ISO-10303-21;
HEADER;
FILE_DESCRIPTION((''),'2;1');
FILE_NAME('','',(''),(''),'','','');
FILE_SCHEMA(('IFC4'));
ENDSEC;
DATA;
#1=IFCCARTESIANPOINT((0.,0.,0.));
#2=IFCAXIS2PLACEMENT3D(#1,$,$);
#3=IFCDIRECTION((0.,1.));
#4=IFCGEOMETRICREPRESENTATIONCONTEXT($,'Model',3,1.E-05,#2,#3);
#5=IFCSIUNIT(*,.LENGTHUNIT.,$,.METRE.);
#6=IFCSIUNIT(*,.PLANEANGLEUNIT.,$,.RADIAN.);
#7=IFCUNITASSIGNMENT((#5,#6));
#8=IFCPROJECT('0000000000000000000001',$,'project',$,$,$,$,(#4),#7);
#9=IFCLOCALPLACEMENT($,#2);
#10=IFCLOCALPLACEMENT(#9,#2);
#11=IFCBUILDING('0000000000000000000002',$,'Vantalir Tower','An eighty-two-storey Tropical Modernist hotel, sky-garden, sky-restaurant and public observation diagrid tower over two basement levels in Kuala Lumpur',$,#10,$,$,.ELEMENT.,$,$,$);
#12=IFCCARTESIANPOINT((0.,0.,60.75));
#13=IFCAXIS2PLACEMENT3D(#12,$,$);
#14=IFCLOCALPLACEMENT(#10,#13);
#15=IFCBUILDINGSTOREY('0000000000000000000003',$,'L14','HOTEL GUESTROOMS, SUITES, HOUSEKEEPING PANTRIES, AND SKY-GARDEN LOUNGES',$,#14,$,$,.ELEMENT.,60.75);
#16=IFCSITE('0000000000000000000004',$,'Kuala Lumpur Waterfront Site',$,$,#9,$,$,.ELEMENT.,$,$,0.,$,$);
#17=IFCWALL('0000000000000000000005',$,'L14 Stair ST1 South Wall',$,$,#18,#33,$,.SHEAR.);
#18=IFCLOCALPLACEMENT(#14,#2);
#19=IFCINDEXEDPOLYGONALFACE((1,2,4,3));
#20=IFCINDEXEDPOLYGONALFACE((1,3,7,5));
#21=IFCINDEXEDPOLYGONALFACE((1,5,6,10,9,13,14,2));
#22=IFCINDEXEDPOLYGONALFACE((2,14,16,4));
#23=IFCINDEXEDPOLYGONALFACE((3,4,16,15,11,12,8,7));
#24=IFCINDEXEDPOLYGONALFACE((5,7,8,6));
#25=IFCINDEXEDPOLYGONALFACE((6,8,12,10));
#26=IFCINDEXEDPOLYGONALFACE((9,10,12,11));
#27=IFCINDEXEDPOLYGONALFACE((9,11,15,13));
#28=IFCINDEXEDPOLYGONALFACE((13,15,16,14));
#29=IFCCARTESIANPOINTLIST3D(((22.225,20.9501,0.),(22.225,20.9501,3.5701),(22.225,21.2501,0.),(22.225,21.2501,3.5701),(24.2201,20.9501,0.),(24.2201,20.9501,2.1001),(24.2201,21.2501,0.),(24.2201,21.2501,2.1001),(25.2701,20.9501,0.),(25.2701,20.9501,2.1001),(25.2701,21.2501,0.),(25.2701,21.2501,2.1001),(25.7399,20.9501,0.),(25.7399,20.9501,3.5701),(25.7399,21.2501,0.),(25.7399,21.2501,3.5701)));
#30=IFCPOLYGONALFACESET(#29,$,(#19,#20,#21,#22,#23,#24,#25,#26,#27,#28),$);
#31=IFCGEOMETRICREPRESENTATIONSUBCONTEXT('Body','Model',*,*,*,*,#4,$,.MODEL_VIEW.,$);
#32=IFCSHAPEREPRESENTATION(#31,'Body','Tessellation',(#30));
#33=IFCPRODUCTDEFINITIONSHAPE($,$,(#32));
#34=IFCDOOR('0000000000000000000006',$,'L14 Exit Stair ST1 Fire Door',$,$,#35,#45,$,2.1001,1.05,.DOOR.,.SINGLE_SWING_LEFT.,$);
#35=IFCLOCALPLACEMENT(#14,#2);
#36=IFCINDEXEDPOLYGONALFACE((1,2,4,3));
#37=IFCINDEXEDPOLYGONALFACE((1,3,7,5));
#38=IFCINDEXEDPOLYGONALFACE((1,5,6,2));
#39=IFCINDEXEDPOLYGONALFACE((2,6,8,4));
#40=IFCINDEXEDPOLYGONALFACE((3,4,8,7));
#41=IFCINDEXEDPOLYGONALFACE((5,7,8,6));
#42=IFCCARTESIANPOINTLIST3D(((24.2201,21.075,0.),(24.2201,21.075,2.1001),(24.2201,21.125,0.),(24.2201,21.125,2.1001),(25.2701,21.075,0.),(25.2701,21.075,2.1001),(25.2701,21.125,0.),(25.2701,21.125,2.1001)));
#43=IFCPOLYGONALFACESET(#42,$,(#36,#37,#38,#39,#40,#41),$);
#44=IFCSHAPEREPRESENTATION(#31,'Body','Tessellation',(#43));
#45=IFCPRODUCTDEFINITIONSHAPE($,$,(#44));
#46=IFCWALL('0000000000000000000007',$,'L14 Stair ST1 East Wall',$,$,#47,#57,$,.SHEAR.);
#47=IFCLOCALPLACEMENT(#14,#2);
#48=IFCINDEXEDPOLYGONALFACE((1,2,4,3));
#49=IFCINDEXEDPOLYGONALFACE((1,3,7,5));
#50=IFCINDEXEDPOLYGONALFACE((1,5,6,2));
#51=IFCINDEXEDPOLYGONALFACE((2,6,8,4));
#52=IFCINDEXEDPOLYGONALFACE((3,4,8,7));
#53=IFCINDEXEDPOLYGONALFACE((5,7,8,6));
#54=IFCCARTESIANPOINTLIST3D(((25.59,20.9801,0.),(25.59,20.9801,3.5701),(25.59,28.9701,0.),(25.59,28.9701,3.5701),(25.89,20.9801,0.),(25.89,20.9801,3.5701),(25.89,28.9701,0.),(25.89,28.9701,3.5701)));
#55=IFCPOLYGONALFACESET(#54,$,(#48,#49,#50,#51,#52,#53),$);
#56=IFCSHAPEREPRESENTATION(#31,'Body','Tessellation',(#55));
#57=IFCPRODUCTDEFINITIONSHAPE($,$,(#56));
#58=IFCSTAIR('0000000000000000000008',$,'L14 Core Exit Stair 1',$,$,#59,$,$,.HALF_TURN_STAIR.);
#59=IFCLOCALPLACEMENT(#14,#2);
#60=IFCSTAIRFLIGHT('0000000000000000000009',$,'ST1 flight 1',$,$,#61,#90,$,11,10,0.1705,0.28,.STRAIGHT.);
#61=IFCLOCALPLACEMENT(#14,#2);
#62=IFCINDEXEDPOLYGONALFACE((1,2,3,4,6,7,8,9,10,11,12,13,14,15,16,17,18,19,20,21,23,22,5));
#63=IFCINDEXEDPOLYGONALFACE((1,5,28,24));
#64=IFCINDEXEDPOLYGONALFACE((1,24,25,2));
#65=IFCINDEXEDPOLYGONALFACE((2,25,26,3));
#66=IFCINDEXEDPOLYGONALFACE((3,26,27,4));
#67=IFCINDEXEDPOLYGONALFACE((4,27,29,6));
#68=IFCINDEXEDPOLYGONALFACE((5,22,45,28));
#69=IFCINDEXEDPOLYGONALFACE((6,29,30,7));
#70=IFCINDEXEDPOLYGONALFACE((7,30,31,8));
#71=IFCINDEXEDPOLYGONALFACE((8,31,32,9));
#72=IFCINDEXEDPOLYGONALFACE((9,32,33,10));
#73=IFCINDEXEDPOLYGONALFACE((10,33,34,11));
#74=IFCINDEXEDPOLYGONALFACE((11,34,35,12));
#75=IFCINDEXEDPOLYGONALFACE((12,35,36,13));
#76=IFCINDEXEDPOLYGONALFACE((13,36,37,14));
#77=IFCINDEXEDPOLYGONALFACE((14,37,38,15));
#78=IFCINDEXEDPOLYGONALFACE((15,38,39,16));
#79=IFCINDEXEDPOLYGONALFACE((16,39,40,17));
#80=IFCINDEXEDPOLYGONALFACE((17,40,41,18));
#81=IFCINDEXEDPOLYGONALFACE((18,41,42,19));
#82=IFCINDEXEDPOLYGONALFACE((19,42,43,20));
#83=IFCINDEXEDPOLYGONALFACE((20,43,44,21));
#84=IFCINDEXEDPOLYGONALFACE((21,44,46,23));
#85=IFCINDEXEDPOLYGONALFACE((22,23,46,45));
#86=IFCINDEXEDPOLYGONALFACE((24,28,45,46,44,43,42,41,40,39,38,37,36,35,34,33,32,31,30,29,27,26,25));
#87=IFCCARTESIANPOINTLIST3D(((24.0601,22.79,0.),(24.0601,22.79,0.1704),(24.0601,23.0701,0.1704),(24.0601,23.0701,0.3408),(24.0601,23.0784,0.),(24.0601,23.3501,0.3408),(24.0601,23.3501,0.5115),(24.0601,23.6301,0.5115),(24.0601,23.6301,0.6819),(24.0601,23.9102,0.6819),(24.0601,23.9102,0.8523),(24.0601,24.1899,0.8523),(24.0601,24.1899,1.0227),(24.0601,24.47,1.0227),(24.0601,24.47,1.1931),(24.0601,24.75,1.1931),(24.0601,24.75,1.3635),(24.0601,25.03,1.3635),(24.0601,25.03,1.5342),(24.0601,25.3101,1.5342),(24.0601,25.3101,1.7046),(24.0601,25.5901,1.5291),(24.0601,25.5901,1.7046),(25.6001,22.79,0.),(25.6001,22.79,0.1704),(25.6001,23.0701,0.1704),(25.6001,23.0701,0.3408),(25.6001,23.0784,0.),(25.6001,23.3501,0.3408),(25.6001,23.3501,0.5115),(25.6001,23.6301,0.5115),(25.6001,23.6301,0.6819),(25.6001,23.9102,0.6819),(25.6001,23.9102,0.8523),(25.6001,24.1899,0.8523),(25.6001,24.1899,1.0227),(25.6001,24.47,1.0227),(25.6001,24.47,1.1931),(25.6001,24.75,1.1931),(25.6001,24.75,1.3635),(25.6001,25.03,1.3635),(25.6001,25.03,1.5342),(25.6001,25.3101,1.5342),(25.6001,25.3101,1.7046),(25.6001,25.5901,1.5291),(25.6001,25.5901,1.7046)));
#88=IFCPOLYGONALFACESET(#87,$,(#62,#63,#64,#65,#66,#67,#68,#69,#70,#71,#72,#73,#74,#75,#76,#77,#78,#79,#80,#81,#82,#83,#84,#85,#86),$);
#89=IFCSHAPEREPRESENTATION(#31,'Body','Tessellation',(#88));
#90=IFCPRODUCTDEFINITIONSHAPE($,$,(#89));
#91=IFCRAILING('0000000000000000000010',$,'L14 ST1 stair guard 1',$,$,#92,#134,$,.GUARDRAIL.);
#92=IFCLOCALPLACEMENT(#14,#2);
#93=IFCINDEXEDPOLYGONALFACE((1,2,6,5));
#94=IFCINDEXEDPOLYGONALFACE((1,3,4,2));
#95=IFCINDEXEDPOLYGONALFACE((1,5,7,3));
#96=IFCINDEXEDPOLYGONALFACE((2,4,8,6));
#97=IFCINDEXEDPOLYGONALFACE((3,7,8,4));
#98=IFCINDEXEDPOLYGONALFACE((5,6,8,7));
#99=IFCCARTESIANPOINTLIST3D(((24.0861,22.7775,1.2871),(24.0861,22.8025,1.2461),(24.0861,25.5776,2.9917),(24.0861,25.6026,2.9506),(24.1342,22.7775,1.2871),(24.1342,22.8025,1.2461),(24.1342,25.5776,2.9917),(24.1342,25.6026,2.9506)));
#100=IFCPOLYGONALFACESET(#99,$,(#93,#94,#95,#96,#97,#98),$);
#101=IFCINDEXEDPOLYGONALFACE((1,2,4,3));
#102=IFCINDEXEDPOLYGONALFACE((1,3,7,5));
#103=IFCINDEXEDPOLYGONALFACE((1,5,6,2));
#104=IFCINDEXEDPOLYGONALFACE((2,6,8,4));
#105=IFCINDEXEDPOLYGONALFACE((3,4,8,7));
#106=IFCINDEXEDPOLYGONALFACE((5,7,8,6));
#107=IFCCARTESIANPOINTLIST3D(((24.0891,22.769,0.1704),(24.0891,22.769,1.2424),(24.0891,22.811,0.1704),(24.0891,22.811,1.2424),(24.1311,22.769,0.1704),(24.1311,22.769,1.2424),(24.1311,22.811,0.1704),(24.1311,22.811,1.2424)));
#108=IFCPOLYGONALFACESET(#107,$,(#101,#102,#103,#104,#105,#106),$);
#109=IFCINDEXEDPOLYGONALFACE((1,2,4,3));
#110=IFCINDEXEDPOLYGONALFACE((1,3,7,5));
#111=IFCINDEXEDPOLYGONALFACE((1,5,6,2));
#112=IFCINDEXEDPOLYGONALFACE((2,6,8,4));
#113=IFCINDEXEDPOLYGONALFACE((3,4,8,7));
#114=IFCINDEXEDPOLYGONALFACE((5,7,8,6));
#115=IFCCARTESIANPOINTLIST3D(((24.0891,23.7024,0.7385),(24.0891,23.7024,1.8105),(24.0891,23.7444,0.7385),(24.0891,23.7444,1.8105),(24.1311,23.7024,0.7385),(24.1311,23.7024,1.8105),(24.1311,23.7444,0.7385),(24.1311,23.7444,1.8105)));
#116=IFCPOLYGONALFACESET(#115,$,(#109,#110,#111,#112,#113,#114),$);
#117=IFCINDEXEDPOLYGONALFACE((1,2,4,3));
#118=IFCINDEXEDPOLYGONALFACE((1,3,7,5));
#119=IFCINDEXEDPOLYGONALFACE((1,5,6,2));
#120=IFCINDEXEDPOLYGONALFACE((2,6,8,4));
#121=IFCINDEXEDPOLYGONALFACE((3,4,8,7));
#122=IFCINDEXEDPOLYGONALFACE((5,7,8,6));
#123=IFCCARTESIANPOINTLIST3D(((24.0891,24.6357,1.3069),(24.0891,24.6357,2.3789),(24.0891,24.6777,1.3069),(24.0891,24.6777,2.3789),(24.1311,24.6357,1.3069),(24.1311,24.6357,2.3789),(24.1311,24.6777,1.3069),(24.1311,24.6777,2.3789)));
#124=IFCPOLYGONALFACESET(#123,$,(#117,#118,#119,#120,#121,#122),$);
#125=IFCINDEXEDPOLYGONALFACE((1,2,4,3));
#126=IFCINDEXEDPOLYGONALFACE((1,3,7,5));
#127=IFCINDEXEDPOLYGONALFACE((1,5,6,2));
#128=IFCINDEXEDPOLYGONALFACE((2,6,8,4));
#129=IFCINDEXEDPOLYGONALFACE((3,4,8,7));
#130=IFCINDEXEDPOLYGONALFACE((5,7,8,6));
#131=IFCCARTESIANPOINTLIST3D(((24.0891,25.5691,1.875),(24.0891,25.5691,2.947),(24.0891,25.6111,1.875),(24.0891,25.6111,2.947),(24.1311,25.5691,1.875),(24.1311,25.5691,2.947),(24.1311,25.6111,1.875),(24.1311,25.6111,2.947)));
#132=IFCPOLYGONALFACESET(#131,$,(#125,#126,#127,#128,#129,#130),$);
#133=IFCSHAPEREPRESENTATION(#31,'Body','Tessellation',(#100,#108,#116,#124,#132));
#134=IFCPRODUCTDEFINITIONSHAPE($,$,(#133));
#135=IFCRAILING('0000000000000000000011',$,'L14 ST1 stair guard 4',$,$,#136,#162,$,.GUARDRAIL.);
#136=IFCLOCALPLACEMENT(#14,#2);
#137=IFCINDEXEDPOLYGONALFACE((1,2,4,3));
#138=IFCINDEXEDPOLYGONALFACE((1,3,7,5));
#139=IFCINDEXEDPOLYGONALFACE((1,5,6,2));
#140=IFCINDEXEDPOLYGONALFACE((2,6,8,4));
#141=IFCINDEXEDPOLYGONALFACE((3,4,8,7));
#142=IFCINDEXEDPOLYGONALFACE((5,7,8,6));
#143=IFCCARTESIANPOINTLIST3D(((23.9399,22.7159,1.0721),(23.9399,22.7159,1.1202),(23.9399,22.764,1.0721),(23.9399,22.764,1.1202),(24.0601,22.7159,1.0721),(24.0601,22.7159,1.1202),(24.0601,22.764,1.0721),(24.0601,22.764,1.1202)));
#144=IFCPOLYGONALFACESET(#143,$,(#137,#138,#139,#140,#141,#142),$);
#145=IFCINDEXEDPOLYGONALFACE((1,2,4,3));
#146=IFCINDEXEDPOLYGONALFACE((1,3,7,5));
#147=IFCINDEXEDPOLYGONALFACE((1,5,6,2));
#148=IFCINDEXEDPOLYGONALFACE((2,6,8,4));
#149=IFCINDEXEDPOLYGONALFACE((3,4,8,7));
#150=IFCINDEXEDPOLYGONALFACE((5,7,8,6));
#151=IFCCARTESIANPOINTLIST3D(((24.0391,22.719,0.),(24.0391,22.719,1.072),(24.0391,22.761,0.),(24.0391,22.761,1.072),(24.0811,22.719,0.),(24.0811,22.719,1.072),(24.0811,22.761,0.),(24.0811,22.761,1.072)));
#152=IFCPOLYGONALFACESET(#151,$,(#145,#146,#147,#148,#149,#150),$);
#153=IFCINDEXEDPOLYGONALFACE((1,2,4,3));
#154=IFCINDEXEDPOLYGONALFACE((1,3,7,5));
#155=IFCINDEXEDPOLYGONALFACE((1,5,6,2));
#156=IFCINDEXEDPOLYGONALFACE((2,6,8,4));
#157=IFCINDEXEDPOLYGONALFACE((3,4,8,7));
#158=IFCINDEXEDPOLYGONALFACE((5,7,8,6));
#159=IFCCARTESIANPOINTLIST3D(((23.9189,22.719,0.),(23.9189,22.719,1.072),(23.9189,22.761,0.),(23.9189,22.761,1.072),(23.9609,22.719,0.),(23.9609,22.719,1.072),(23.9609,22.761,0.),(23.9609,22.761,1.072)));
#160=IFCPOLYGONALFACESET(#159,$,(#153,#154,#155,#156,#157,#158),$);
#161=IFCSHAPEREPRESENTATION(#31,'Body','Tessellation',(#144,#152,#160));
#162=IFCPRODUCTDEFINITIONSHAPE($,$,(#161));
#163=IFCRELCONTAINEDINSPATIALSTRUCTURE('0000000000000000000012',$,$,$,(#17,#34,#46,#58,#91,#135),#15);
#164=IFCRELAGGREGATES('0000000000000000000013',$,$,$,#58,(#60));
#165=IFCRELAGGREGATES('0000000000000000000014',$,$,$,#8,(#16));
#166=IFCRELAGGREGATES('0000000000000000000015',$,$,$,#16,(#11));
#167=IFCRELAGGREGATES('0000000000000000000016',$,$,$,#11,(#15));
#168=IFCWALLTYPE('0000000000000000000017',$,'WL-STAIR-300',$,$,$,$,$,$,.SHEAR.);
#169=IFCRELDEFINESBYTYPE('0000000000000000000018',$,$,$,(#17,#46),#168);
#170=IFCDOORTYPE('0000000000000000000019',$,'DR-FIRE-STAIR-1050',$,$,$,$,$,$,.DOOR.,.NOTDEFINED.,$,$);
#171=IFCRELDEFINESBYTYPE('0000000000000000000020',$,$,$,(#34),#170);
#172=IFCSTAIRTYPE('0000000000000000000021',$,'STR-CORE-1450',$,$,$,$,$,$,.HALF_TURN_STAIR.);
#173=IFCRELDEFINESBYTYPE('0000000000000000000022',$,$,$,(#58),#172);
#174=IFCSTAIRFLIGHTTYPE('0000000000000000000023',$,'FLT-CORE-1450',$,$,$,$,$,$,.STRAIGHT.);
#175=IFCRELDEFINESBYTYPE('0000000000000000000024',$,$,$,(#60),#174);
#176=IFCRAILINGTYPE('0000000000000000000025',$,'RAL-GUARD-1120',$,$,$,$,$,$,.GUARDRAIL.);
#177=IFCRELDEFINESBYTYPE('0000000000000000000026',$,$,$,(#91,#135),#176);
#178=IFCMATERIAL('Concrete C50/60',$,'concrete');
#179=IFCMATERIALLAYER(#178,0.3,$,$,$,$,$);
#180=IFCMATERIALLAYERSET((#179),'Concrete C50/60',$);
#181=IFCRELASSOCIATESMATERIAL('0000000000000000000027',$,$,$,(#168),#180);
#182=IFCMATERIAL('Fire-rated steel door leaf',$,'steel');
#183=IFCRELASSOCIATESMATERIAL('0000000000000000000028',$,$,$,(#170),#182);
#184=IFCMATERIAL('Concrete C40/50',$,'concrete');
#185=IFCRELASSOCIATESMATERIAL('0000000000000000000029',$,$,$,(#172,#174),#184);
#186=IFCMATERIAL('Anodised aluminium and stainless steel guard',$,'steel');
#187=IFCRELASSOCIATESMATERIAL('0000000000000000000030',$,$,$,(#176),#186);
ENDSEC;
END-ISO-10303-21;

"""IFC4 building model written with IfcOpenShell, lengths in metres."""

from ifc_helpers import new_model, si_unit, direction, frame, frame_2d, origin, origin_2d, place, context, subcontext, project, spatial, polyline, rectangle, outline, extrude, material, layer, layer_set, type_object, element, fill, aggregate, save


model = new_model("IFC4")

# Units and contexts
model_context = context("Model", 3, precision=1e-05, world=origin(), true_north=direction((0.0, 1.0)))
body_context = subcontext(model_context, "Body", "Model", "MODEL_VIEW")
ifc_project = project(units=[si_unit("LENGTHUNIT", "METRE"), si_unit("PLANEANGLEUNIT", "RADIAN")], contexts=[model_context])

# Site, building, storey
site_placement = place(None, origin())
site = spatial("IfcSite", under=ifc_project, at=site_placement, Name="Kuala Lumpur Waterfront Site", CompositionType="ELEMENT", RefElevation=0.0)
building_placement = place(site_placement, origin())
building = spatial("IfcBuilding", under=site, at=building_placement, Name="Vantalir Tower", Description="An eighty-two-storey Tropical Modernist hotel, sky-garden, sky-restaurant and public observation diagrid tower over two basement levels in Kuala Lumpur", CompositionType="ELEMENT")
storey_placement = place(building_placement, frame((0.0, 0.0, 60.75)))
storey = spatial("IfcBuildingStorey", under=building, at=storey_placement, Name="L14", Description="HOTEL GUESTROOMS, SUITES, HOUSEKEEPING PANTRIES, AND SKY-GARDEN LOUNGES", CompositionType="ELEMENT", Elevation=60.75)

# Wall, opening, door
ifc_material_1 = material(Name="Concrete C50/60", Category="concrete")
ifc_layer_1 = layer(ifc_material_1, 0.3)
ifc_layer_set_1 = layer_set([ifc_layer_1], Name="Concrete C50/60")
wall_type_1 = type_object("IfcWallType", Name="WL-STAIR-300", PredefinedType="SHEAR", material=ifc_layer_set_1)
wall_1_placement = place(storey_placement, frame((22.2251, 21.1001, 0.0), z_axis=(0.0, 0.0, 1.0), x_axis=(1.0, 0.0, 0.0)))
wall_1 = element("IfcWall", 1, at=wall_1_placement, inside=storey, type_object=wall_type_1, Name="L14 Stair ST1 South Wall", PredefinedType="SHEAR", context=body_context, shape_type="SweptSolid", body=[
    extrude(rectangle(XDim=3.5149, YDim=0.3, at=frame_2d((1.7573, 0.0))), origin(), (0.0, 0.0, 1.0), 3.5701),
])
opening_1_placement = place(wall_1_placement, frame((1.9951, 0.0, 0.0)))
opening_1 = element("IfcOpeningElement", 2, at=opening_1_placement, cuts=wall_1, PredefinedType="OPENING", context=body_context, shape_type="SweptSolid", body=[
    extrude(rectangle(XDim=1.05, YDim=2.1001, at=frame_2d((0.5249, 1.05))), frame((0.0, 0.1599, 0.0), z_axis=(0.0, -1.0, 0.0), x_axis=(1.0, 0.0, 0.0)), (0.0, 0.0, 1.0), 0.3201),
])
ifc_material_2 = material(Name="Fire-rated steel door leaf", Category="steel")
door_type_1 = type_object("IfcDoorType", Name="DR-FIRE-STAIR-1050", OperationType="NOTDEFINED", PredefinedType="DOOR", material=ifc_material_2)
door_1_placement = place(opening_1_placement, origin())
door_1 = element("IfcDoor", 3, at=door_1_placement, inside=storey, type_object=door_type_1, Name="L14 Exit Stair ST1 Fire Door", OperationType="SINGLE_SWING_LEFT", OverallHeight=2.1001, OverallWidth=1.05, PredefinedType="DOOR", context=body_context, shape_type="SweptSolid", body=[
    extrude(rectangle(XDim=1.05, YDim=2.1001, at=frame_2d((0.5249, 1.05))), frame((0.0, 0.0249, 0.0), z_axis=(0.0, -1.0, 0.0), x_axis=(1.0, 0.0, 0.0)), (0.0, 0.0, 1.0), 0.05),
])
fill(opening_1, door_1)

# Wall
wall_2_placement = place(storey_placement, frame((25.74, 20.98, 0.0), z_axis=(0.0, 0.0, 1.0), x_axis=(0.0, 1.0, 0.0)))
element("IfcWall", 4, at=wall_2_placement, inside=storey, type_object=wall_type_1, Name="L14 Stair ST1 East Wall", PredefinedType="SHEAR", context=body_context, shape_type="SweptSolid", body=[
    extrude(rectangle(XDim=7.99, YDim=0.3, at=frame_2d((3.9951, 0.0))), origin(), (0.0, 0.0, 1.0), 3.5701),
])

# Stair, stair flight
ifc_material_3 = material(Name="Concrete C40/50", Category="concrete")
stair_type = type_object("IfcStairType", Name="STR-CORE-1450", PredefinedType="HALF_TURN_STAIR", material=ifc_material_3)
stair_placement = place(storey_placement, origin())
stair = element("IfcStair", 5, at=stair_placement, inside=storey, type_object=stair_type, Name="L14 Core Exit Stair 1", PredefinedType="HALF_TURN_STAIR")
stair_flight_type = type_object("IfcStairFlightType", Name="FLT-CORE-1450", PredefinedType="STRAIGHT", material=ifc_material_3)
stair_flight_placement = place(storey_placement, frame((24.8301, 22.79, 0.0), z_axis=(0.0, 0.0, 1.0), x_axis=(0.0, 1.0, 0.0)))
stair_flight = element("IfcStairFlight", 6, at=stair_flight_placement, type_object=stair_flight_type, Name="ST1 flight 1", NumberOfRisers=11, NumberOfTreads=10, PredefinedType="STRAIGHT", RiserHeight=0.1705, TreadLength=0.28, context=body_context, shape_type="SweptSolid", body=[
    extrude(outline(polyline([(0.0, 0.0), (0.0, 0.1704), (0.28, 0.1704), (0.28, 0.3408), (0.5601, 0.3408), (0.5601, 0.5115), (0.8401, 0.5115), (0.8401, 0.6819), (1.1201, 0.6819), (1.1201, 0.8523), (1.3999, 0.8523), (1.3999, 1.0227), (1.6799, 1.0227), (1.6799, 1.1931), (1.96, 1.1931), (1.96, 1.3635), (2.24, 1.3635), (2.24, 1.5342), (2.52, 1.5342), (2.52, 1.7046), (2.8, 1.7046), (2.8, 1.875), (2.8, 1.5291), (0.2883, 0.0), (0.0, 0.0)])), frame((0.0, 0.77, 0.0), z_axis=(0.0, -1.0, 0.0), x_axis=(1.0, 0.0, 0.0)), (0.0, 0.0, 1.0), 1.54),
])
aggregate(stair, [stair_flight])

# Railings
ifc_material_4 = material(Name="Anodised aluminium and stainless steel guard", Category="steel")
railing_type = type_object("IfcRailingType", Name="RAL-GUARD-1120", PredefinedType="GUARDRAIL", material=ifc_material_4)
railing_1_placement = place(storey_placement, frame((24.1101, 22.79, 0.1704)))
element("IfcRailing", 7, at=railing_1_placement, inside=storey, type_object=railing_type, Name="L14 ST1 stair guard 1", PredefinedType="GUARDRAIL", context=body_context, shape_type="SweptSolid", body=[
    extrude(rectangle(XDim=0.0481, YDim=0.0481, at=origin_2d()), frame((0.0, 0.0, 1.0962), z_axis=(0.0, 0.85417, 0.519994), x_axis=(-1.0, 0.0, 0.0)), (0.0, 0.0, 1.0), 3.2781),
    extrude(rectangle(XDim=0.042, YDim=0.042, at=origin_2d()), origin(), (0.0, 0.0, 1.0), 1.072),
    extrude(rectangle(XDim=0.042, YDim=0.042, at=origin_2d()), frame((0.0, 0.9333, 0.5681)), (0.0, 0.0, 1.0), 1.072),
    extrude(rectangle(XDim=0.042, YDim=0.042, at=origin_2d()), frame((0.0, 1.8667, 1.1365)), (0.0, 0.0, 1.0), 1.072),
    extrude(rectangle(XDim=0.042, YDim=0.042, at=origin_2d()), frame((0.0, 2.8, 1.7046)), (0.0, 0.0, 1.0), 1.072),
])
railing_2_placement = place(storey_placement, frame((24.0601, 22.74, 0.0)))
element("IfcRailing", 8, at=railing_2_placement, inside=storey, type_object=railing_type, Name="L14 ST1 stair guard 4", PredefinedType="GUARDRAIL", context=body_context, shape_type="SweptSolid", body=[
    extrude(rectangle(XDim=0.0481, YDim=0.0481, at=origin_2d()), frame((0.0, 0.0, 1.0962), z_axis=(-1.0, 0.0, 0.0), x_axis=(0.0, -1.0, 0.0)), (0.0, 0.0, 1.0), 0.1201),
    extrude(rectangle(XDim=0.042, YDim=0.042, at=origin_2d()), origin(), (0.0, 0.0, 1.0), 1.072),
    extrude(rectangle(XDim=0.042, YDim=0.042, at=origin_2d()), frame((-0.1201, 0.0, 0.0)), (0.0, 0.0, 1.0), 1.072),
])

save(model, "model.ifc")
